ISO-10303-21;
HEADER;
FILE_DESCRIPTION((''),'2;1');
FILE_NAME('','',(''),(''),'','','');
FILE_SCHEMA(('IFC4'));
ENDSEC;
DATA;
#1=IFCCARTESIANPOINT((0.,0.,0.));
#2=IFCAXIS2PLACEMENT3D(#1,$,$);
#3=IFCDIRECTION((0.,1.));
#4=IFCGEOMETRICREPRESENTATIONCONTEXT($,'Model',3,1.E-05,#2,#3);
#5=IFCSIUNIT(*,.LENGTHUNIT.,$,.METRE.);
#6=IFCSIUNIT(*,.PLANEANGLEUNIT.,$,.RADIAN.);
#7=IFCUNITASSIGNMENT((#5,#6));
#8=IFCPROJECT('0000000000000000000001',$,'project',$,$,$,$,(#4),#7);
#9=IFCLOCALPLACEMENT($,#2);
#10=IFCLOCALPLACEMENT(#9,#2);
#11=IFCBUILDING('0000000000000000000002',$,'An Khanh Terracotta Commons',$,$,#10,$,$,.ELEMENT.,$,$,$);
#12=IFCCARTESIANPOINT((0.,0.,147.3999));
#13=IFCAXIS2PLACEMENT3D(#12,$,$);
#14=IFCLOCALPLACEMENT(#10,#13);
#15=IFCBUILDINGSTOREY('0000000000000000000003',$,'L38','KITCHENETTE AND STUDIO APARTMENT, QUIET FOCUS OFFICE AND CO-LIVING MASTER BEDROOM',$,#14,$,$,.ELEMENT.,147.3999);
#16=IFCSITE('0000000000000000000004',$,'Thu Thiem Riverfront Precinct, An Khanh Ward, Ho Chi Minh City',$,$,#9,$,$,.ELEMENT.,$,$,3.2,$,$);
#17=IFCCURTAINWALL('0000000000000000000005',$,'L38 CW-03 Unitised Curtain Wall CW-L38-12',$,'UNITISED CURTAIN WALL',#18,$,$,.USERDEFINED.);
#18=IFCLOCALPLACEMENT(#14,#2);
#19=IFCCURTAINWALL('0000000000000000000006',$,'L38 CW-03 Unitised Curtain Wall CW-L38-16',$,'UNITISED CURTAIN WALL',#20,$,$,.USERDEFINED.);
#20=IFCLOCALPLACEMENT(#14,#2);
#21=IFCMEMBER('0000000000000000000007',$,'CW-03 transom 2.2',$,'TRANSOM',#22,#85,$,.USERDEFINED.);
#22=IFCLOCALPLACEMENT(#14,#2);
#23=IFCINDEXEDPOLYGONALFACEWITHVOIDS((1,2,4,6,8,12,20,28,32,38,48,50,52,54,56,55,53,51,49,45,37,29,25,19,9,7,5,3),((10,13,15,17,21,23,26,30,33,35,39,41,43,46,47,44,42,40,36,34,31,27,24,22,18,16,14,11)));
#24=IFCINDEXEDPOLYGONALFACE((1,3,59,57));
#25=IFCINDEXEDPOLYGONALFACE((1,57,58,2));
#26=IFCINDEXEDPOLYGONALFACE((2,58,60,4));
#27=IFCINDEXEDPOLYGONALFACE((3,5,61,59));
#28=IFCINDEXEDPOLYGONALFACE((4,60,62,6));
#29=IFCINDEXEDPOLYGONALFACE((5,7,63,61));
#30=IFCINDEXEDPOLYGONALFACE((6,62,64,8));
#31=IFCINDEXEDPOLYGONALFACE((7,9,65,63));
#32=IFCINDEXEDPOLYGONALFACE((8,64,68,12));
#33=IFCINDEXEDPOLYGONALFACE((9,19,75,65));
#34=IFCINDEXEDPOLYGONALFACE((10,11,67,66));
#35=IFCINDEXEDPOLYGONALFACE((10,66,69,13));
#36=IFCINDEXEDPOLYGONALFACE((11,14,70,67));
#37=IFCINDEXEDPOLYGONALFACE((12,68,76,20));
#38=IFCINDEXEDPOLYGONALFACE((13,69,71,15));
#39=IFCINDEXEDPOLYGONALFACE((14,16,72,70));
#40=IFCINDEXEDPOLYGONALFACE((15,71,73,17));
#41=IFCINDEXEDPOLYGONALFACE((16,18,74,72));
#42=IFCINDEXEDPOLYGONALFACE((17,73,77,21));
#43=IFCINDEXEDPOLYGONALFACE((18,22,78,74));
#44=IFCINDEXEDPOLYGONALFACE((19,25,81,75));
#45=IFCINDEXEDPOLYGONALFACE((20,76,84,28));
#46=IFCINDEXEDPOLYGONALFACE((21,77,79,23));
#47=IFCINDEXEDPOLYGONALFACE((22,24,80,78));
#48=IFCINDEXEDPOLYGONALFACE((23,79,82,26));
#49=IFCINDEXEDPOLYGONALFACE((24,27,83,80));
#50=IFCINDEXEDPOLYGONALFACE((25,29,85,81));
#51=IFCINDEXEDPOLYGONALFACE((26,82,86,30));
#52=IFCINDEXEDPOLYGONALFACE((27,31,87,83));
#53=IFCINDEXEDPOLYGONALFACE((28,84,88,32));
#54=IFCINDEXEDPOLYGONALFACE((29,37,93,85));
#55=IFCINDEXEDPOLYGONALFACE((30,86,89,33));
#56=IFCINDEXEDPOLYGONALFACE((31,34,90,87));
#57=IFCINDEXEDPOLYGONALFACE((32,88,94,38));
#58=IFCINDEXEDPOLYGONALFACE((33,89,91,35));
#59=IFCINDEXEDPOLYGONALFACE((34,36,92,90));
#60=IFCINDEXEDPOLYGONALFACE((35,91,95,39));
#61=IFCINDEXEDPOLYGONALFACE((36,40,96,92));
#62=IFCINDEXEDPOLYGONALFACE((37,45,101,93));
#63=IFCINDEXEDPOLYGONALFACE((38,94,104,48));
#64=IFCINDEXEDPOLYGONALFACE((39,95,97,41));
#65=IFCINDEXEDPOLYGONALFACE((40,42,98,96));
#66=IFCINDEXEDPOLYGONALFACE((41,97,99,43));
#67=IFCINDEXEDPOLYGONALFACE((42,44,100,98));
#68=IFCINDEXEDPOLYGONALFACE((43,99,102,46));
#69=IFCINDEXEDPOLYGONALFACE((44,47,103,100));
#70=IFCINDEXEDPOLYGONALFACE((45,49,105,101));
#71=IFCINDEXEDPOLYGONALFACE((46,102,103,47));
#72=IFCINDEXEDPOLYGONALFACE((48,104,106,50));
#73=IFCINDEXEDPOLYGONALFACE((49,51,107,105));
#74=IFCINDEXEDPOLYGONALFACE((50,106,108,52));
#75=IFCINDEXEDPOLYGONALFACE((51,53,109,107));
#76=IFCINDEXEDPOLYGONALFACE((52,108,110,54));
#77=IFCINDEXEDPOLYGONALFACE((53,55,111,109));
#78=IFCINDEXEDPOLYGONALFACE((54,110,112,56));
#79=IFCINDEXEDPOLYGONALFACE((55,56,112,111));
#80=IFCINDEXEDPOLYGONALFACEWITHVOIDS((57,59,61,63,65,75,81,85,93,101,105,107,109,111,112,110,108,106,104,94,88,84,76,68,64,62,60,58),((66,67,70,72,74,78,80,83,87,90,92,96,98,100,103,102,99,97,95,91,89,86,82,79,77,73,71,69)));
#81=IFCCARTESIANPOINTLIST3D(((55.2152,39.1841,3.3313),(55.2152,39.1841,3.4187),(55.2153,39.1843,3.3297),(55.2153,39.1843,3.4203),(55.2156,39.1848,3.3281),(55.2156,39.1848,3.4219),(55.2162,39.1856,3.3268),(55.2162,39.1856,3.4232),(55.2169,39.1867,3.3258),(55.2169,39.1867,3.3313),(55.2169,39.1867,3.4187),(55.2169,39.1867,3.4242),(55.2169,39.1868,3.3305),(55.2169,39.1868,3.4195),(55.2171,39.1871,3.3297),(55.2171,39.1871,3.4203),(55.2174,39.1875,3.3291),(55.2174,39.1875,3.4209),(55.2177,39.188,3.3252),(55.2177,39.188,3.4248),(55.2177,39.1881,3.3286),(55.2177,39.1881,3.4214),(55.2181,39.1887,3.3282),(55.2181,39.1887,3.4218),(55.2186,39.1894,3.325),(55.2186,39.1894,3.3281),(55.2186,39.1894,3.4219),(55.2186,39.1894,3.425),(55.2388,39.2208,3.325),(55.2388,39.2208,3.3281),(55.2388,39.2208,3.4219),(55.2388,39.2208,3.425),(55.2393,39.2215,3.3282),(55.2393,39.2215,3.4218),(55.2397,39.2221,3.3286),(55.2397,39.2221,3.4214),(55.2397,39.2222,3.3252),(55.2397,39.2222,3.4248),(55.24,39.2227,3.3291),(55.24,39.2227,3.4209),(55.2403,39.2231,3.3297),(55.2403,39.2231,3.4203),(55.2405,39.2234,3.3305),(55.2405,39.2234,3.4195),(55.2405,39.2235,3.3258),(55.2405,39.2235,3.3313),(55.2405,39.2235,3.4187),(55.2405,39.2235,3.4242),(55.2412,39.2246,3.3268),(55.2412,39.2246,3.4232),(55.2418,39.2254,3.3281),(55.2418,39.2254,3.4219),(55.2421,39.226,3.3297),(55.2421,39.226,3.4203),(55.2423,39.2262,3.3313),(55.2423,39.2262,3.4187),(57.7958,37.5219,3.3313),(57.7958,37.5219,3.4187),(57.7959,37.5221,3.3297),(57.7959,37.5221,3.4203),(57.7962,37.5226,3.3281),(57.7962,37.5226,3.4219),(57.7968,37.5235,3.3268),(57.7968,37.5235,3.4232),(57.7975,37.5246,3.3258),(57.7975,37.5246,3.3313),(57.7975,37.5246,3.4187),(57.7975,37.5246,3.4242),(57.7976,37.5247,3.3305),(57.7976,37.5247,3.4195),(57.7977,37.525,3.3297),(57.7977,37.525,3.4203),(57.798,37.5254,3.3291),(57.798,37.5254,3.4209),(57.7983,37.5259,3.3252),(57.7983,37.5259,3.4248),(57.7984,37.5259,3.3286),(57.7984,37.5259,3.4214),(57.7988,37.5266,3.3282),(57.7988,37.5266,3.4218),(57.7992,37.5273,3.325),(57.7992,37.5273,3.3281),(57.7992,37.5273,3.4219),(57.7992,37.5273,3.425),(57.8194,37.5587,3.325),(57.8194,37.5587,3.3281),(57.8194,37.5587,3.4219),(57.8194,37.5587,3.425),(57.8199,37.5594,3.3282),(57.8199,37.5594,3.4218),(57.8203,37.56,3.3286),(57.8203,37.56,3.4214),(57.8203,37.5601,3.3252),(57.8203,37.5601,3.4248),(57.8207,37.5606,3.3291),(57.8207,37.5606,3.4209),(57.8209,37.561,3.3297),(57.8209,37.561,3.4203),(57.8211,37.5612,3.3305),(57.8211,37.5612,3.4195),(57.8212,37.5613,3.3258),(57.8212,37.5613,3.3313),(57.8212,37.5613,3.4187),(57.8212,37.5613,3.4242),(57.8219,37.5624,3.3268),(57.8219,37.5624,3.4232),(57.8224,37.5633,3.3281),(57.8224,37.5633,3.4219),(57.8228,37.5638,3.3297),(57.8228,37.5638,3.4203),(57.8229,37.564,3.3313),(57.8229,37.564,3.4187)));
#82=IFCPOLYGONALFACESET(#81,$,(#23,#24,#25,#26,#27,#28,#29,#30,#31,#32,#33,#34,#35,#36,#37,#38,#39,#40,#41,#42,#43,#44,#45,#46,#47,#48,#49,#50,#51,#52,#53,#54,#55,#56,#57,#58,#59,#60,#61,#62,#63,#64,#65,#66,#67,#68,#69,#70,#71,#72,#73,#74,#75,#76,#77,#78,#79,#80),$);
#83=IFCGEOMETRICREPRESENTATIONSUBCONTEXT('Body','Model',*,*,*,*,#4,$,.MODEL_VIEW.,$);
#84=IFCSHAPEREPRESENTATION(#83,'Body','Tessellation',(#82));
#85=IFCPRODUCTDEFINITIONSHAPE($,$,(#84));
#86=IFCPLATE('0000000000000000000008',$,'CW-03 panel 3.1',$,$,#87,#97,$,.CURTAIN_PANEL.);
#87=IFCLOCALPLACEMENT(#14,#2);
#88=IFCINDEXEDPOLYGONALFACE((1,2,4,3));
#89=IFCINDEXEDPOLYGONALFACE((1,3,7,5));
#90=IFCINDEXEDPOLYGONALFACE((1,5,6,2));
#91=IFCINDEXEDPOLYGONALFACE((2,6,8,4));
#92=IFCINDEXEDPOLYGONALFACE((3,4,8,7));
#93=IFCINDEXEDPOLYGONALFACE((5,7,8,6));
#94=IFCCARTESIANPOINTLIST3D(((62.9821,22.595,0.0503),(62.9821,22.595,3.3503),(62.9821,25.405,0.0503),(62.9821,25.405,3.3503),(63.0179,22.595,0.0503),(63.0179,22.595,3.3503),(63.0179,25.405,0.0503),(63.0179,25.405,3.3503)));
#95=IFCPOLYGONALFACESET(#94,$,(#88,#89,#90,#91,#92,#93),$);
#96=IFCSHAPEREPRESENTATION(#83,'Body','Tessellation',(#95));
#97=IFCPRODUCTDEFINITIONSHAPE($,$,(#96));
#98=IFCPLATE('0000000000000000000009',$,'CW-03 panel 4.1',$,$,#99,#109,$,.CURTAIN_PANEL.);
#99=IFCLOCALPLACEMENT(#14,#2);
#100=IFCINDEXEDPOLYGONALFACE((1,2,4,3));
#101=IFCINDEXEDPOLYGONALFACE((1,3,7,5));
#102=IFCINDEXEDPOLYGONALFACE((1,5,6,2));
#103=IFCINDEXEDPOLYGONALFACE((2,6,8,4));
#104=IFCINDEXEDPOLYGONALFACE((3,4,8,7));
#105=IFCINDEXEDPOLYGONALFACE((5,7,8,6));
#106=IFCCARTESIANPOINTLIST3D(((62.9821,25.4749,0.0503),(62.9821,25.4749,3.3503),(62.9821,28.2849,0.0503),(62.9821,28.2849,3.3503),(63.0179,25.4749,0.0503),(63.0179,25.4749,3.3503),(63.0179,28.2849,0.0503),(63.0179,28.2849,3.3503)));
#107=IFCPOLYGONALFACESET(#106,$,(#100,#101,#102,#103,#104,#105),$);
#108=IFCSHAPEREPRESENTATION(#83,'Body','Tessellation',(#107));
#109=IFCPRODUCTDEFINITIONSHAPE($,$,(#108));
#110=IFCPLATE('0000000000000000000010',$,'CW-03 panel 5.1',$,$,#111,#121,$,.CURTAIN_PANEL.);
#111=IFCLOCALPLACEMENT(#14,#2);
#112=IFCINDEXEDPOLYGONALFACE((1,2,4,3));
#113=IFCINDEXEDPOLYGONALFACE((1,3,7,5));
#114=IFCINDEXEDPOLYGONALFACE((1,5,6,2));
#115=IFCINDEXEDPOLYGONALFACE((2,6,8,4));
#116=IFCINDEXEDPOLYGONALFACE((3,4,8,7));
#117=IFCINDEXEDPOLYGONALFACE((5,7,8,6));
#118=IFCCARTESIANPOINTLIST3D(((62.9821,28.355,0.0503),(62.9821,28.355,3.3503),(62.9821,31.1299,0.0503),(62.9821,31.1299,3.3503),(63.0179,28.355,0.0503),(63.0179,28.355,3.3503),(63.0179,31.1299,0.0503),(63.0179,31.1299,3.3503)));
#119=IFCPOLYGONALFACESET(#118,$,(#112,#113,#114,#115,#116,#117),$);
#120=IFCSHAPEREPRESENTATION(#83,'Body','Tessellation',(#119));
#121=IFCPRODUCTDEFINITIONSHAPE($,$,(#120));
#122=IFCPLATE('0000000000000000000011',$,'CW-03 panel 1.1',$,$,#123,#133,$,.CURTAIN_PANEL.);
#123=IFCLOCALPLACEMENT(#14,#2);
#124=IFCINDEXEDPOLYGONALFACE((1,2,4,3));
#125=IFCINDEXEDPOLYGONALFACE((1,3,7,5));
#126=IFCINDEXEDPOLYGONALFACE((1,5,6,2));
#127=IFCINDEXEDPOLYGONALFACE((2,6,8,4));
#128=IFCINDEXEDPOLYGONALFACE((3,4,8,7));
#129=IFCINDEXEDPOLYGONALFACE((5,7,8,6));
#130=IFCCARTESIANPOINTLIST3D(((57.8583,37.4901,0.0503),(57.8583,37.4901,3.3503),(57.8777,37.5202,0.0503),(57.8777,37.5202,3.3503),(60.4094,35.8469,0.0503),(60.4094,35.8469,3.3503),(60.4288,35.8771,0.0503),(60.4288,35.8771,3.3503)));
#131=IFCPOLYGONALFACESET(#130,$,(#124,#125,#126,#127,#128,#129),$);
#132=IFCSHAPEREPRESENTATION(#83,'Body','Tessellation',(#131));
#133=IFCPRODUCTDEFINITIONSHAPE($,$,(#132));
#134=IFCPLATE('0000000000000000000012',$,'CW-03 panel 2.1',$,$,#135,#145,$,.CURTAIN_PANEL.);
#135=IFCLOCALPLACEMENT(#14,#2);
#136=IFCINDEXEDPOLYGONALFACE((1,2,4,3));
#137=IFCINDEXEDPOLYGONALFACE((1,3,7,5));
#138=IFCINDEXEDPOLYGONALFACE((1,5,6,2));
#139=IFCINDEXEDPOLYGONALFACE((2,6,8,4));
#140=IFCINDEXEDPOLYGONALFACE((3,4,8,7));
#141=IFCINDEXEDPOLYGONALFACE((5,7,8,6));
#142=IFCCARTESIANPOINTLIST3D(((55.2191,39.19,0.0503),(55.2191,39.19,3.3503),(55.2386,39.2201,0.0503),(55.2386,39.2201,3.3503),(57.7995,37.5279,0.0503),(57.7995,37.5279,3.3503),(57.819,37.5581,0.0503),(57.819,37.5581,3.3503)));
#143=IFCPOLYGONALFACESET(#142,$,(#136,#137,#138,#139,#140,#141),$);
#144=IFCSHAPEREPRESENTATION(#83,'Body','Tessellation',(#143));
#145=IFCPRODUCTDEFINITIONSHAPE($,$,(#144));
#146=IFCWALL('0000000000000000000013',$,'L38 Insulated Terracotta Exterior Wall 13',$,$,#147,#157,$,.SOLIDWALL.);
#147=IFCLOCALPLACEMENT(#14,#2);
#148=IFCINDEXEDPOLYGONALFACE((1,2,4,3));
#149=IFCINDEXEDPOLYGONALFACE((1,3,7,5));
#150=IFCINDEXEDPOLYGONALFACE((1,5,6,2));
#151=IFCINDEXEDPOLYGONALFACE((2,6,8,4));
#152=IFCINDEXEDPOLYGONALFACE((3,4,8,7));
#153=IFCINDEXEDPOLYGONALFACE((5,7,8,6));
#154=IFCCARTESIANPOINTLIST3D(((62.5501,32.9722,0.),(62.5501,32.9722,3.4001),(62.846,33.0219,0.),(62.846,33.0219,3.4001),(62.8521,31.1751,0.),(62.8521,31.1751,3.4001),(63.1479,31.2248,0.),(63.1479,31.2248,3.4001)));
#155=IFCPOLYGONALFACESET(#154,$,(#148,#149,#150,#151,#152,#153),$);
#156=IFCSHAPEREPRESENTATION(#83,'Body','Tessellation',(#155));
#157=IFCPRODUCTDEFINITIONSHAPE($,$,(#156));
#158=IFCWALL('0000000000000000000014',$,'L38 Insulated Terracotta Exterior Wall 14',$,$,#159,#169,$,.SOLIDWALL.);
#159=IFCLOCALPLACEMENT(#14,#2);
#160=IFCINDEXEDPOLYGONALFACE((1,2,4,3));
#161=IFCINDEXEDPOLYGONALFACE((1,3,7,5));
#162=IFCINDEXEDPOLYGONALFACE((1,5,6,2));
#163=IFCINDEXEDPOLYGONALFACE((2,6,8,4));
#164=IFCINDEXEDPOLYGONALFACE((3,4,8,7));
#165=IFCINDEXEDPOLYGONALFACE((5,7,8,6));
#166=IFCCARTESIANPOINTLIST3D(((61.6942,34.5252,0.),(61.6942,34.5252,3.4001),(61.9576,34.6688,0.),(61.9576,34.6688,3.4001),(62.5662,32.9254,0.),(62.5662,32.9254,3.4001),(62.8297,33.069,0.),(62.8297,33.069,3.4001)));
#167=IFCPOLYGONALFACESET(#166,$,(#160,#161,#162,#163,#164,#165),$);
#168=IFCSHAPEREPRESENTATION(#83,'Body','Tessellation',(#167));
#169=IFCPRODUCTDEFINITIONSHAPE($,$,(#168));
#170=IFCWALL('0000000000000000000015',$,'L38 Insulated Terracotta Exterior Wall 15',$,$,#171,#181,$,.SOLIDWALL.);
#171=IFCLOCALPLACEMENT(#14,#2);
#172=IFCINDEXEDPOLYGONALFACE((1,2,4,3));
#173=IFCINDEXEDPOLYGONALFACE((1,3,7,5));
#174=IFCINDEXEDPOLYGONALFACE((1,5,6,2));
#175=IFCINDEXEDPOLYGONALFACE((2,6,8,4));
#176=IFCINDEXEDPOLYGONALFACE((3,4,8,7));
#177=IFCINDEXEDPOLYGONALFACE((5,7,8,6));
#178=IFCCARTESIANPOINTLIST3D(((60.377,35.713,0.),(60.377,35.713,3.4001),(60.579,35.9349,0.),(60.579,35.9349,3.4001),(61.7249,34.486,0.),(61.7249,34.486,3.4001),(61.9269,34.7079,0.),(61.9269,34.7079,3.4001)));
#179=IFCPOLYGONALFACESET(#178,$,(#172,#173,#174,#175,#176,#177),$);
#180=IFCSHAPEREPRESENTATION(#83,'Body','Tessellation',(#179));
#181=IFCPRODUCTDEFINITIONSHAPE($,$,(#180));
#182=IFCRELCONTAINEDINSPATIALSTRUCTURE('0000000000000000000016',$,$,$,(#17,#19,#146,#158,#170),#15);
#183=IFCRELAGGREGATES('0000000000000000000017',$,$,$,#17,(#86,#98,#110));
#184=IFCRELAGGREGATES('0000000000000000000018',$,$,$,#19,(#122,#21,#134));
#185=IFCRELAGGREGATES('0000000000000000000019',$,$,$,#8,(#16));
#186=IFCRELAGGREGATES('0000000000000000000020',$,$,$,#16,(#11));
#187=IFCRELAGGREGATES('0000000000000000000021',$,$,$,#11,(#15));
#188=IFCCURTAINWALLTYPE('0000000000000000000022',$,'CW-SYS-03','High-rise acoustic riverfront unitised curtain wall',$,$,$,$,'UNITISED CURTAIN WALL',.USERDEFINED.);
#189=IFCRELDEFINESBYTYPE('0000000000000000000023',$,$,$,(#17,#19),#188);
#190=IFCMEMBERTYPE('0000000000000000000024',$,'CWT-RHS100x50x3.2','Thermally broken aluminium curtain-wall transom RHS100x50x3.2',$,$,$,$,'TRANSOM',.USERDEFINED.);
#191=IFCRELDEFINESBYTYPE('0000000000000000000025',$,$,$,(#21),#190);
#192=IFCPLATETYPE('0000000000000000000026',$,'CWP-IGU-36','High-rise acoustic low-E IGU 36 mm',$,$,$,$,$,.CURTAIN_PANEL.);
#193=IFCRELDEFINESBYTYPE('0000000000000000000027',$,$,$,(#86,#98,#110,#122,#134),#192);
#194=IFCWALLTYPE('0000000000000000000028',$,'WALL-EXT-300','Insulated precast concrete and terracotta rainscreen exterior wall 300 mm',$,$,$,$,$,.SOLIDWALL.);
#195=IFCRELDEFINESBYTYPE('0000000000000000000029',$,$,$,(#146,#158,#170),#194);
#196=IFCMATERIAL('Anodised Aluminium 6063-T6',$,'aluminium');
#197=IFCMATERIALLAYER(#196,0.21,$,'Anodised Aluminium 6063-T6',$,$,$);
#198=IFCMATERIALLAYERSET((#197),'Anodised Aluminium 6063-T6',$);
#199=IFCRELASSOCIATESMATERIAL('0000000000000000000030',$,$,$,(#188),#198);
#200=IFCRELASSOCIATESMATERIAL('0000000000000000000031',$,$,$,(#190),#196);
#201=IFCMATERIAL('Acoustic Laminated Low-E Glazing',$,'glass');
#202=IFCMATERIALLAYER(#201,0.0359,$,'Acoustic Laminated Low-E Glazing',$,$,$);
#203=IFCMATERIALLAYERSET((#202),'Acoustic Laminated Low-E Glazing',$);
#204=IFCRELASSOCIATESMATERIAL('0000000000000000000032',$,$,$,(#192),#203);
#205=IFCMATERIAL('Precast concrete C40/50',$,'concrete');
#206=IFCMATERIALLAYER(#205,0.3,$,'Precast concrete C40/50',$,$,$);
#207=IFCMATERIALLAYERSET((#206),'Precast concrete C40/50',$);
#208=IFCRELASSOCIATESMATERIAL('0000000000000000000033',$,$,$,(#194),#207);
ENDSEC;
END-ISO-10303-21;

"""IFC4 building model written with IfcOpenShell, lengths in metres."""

from ifc_helpers import new_model, si_unit, direction, frame, frame_2d, origin, origin_2d, place, context, subcontext, project, spatial, rectangle, hollow_rectangle, extrude, material, layer, layer_set, material_profile, profile_set, type_object, element, aggregate, save


model = new_model("IFC4")

# Units and contexts
model_context = context("Model", 3, precision=1e-05, world=origin(), true_north=direction((0.0, 1.0)))
body_context = subcontext(model_context, "Body", "Model", "MODEL_VIEW")
ifc_project = project(units=[si_unit("LENGTHUNIT", "METRE"), si_unit("PLANEANGLEUNIT", "RADIAN")], contexts=[model_context])

# Site, building, storey
site_placement = place(None, origin())
site = spatial("IfcSite", under=ifc_project, at=site_placement, Name="Thu Thiem Riverfront Precinct, An Khanh Ward, Ho Chi Minh City", CompositionType="ELEMENT", RefElevation=3.2)
building_placement = place(site_placement, origin())
building = spatial("IfcBuilding", under=site, at=building_placement, Name="An Khanh Terracotta Commons", CompositionType="ELEMENT")
storey_placement = place(building_placement, frame((0.0, 0.0, 147.3999)))
storey = spatial("IfcBuildingStorey", under=building, at=storey_placement, Name="L38", Description="KITCHENETTE AND STUDIO APARTMENT, QUIET FOCUS OFFICE AND CO-LIVING MASTER BEDROOM", CompositionType="ELEMENT", Elevation=147.3999)

# Curtain walls
ifc_material_1 = material(Name="Anodised Aluminium 6063-T6", Category="aluminium")
ifc_layer_1 = layer(ifc_material_1, 0.21, Name="Anodised Aluminium 6063-T6")
ifc_layer_set_1 = layer_set([ifc_layer_1], Name="Anodised Aluminium 6063-T6")
curtain_wall_type = type_object("IfcCurtainWallType", Name="CW-SYS-03", Description="High-rise acoustic riverfront unitised curtain wall", ElementType="UNITISED CURTAIN WALL", PredefinedType="USERDEFINED", material=ifc_layer_set_1)
curtain_wall_1_placement = place(storey_placement, origin())
curtain_wall_1 = element("IfcCurtainWall", 1, at=curtain_wall_1_placement, inside=storey, type_object=curtain_wall_type, Name="L38 CW-03 Unitised Curtain Wall CW-L38-12", ObjectType="UNITISED CURTAIN WALL", PredefinedType="USERDEFINED")
curtain_wall_2_placement = place(storey_placement, origin())
curtain_wall_2 = element("IfcCurtainWall", 2, at=curtain_wall_2_placement, inside=storey, type_object=curtain_wall_type, Name="L38 CW-03 Unitised Curtain Wall CW-L38-16", ObjectType="UNITISED CURTAIN WALL", PredefinedType="USERDEFINED")

# Member
ifc_material_profile_1 = material_profile(ifc_material_1, hollow_rectangle(XDim=0.05, YDim=0.1001, WallThickness=0.0032, InnerFilletRadius=0.0032, OuterFilletRadius=0.0063, at=origin_2d()), Name="RHS100x50x3.2")
ifc_profile_set_1 = profile_set([ifc_material_profile_1], Name="Anodised Aluminium 6063-T6")
member_type_1 = type_object("IfcMemberType", Name="CWT-RHS100x50x3.2", Description="Thermally broken aluminium curtain-wall transom RHS100x50x3.2", ElementType="TRANSOM", PredefinedType="USERDEFINED", material=ifc_profile_set_1)
member_1_placement = place(storey_placement, frame((57.8093, 37.543, 3.375), z_axis=(-0.840708, 0.541489, 0.0), x_axis=(-0.541489, -0.840708, 0.0)))
member_1 = element("IfcMember", 3, at=member_1_placement, type_object=member_type_1, Name="CW-03 transom 2.2", ObjectType="TRANSOM", PredefinedType="USERDEFINED", context=body_context, shape_type="SweptSolid", body=[
    extrude(hollow_rectangle(XDim=0.05, YDim=0.1001, WallThickness=0.0032, InnerFilletRadius=0.0032, OuterFilletRadius=0.0063, at=origin_2d()), origin(), (0.0, 0.0, 1.0), 3.0696),
])

# Plates
ifc_material_2 = material(Name="Acoustic Laminated Low-E Glazing", Category="glass")
ifc_layer_2 = layer(ifc_material_2, 0.0359, Name="Acoustic Laminated Low-E Glazing")
ifc_layer_set_2 = layer_set([ifc_layer_2], Name="Acoustic Laminated Low-E Glazing")
plate_type = type_object("IfcPlateType", Name="CWP-IGU-36", Description="High-rise acoustic low-E IGU 36 mm", PredefinedType="CURTAIN_PANEL", material=ifc_layer_set_2)
plate_1_placement = place(storey_placement, frame((63.0, 24.0, 0.0503), z_axis=(0.0, 0.0, 1.0), x_axis=(0.0, 1.0, 0.0)))
plate_1 = element("IfcPlate", 4, at=plate_1_placement, type_object=plate_type, Name="CW-03 panel 3.1", PredefinedType="CURTAIN_PANEL", context=body_context, shape_type="SweptSolid", body=[
    extrude(rectangle(XDim=2.8101, YDim=0.0359, at=origin_2d()), origin(), (0.0, 0.0, 1.0), 3.3),
])
plate_2_placement = place(storey_placement, frame((63.0, 26.8799, 0.0503), z_axis=(0.0, 0.0, 1.0), x_axis=(0.0, 1.0, 0.0)))
plate_2 = element("IfcPlate", 5, at=plate_2_placement, type_object=plate_type, Name="CW-03 panel 4.1", PredefinedType="CURTAIN_PANEL", context=body_context, shape_type="SweptSolid", body=[
    extrude(rectangle(XDim=2.8101, YDim=0.0359, at=origin_2d()), origin(), (0.0, 0.0, 1.0), 3.3),
])
plate_3_placement = place(storey_placement, frame((63.0, 29.7424, 0.0503), z_axis=(0.0, 0.0, 1.0), x_axis=(0.0, 1.0, 0.0)))
plate_3 = element("IfcPlate", 6, at=plate_3_placement, type_object=plate_type, Name="CW-03 panel 5.1", PredefinedType="CURTAIN_PANEL", context=body_context, shape_type="SweptSolid", body=[
    extrude(rectangle(XDim=2.7749, YDim=0.0359, at=origin_2d()), origin(), (0.0, 0.0, 1.0), 3.3),
])
aggregate(curtain_wall_1, [plate_1, plate_2, plate_3])
plate_4_placement = place(storey_placement, frame((59.1436, 36.6836, 0.0503), z_axis=(0.0, 0.0, 1.0), x_axis=(-0.840702, 0.541498, 0.0)))
plate_4 = element("IfcPlate", 7, at=plate_4_placement, type_object=plate_type, Name="CW-03 panel 1.1", PredefinedType="CURTAIN_PANEL", context=body_context, shape_type="SweptSolid", body=[
    extrude(rectangle(XDim=3.0344, YDim=0.0359, at=origin_2d()), origin(), (0.0, 0.0, 1.0), 3.3),
])
plate_5_placement = place(storey_placement, frame((56.519, 38.374, 0.0503), z_axis=(0.0, 0.0, 1.0), x_axis=(-0.840702, 0.541498, 0.0)))
plate_5 = element("IfcPlate", 8, at=plate_5_placement, type_object=plate_type, Name="CW-03 panel 2.1", PredefinedType="CURTAIN_PANEL", context=body_context, shape_type="SweptSolid", body=[
    extrude(rectangle(XDim=3.0693, YDim=0.0359, at=origin_2d()), origin(), (0.0, 0.0, 1.0), 3.3),
])
aggregate(curtain_wall_2, [plate_4, member_1, plate_5])

# Walls
ifc_material_3 = material(Name="Precast concrete C40/50", Category="concrete")
ifc_layer_3 = layer(ifc_material_3, 0.3, Name="Precast concrete C40/50")
ifc_layer_set_3 = layer_set([ifc_layer_3], Name="Precast concrete C40/50")
wall_type_1 = type_object("IfcWallType", Name="WALL-EXT-300", Description="Insulated precast concrete and terracotta rainscreen exterior wall 300 mm", PredefinedType="SOLIDWALL", material=ifc_layer_set_3)
wall_1_placement = place(storey_placement, frame((63.0, 31.2, 0.0), z_axis=(0.0, 0.0, 1.0), x_axis=(-0.165724, 0.986172, 0.0)))
element("IfcWall", 9, at=wall_1_placement, inside=storey, type_object=wall_type_1, Name="L38 Insulated Terracotta Exterior Wall 13", PredefinedType="SOLIDWALL", context=body_context, shape_type="SweptSolid", body=[
    extrude(rectangle(XDim=1.8223, YDim=0.3, at=frame_2d((0.9111, 0.0))), origin(), (0.0, 0.0, 1.0), 3.4001),
])
wall_2_placement = place(storey_placement, frame((62.698, 32.9971, 0.0), z_axis=(0.0, 0.0, 1.0), x_axis=(-0.478608, 0.878029, 0.0)))
element("IfcWall", 10, at=wall_2_placement, inside=storey, type_object=wall_type_1, Name="L38 Insulated Terracotta Exterior Wall 14", PredefinedType="SOLIDWALL", context=body_context, shape_type="SweptSolid", body=[
    extrude(rectangle(XDim=1.822, YDim=0.3, at=frame_2d((0.9111, 0.0))), origin(), (0.0, 0.0, 1.0), 3.4001),
])
wall_3_placement = place(storey_placement, frame((61.8259, 34.5969, 0.0), z_axis=(0.0, 0.0, 1.0), x_axis=(-0.739479, 0.673179, 0.0)))
element("IfcWall", 11, at=wall_3_placement, inside=storey, type_object=wall_type_1, Name="L38 Insulated Terracotta Exterior Wall 15", PredefinedType="SOLIDWALL", context=body_context, shape_type="SweptSolid", body=[
    extrude(rectangle(XDim=1.8228, YDim=0.3, at=frame_2d((0.9114, 0.0))), origin(), (0.0, 0.0, 1.0), 3.4001),
])

save(model, "model.ifc")
